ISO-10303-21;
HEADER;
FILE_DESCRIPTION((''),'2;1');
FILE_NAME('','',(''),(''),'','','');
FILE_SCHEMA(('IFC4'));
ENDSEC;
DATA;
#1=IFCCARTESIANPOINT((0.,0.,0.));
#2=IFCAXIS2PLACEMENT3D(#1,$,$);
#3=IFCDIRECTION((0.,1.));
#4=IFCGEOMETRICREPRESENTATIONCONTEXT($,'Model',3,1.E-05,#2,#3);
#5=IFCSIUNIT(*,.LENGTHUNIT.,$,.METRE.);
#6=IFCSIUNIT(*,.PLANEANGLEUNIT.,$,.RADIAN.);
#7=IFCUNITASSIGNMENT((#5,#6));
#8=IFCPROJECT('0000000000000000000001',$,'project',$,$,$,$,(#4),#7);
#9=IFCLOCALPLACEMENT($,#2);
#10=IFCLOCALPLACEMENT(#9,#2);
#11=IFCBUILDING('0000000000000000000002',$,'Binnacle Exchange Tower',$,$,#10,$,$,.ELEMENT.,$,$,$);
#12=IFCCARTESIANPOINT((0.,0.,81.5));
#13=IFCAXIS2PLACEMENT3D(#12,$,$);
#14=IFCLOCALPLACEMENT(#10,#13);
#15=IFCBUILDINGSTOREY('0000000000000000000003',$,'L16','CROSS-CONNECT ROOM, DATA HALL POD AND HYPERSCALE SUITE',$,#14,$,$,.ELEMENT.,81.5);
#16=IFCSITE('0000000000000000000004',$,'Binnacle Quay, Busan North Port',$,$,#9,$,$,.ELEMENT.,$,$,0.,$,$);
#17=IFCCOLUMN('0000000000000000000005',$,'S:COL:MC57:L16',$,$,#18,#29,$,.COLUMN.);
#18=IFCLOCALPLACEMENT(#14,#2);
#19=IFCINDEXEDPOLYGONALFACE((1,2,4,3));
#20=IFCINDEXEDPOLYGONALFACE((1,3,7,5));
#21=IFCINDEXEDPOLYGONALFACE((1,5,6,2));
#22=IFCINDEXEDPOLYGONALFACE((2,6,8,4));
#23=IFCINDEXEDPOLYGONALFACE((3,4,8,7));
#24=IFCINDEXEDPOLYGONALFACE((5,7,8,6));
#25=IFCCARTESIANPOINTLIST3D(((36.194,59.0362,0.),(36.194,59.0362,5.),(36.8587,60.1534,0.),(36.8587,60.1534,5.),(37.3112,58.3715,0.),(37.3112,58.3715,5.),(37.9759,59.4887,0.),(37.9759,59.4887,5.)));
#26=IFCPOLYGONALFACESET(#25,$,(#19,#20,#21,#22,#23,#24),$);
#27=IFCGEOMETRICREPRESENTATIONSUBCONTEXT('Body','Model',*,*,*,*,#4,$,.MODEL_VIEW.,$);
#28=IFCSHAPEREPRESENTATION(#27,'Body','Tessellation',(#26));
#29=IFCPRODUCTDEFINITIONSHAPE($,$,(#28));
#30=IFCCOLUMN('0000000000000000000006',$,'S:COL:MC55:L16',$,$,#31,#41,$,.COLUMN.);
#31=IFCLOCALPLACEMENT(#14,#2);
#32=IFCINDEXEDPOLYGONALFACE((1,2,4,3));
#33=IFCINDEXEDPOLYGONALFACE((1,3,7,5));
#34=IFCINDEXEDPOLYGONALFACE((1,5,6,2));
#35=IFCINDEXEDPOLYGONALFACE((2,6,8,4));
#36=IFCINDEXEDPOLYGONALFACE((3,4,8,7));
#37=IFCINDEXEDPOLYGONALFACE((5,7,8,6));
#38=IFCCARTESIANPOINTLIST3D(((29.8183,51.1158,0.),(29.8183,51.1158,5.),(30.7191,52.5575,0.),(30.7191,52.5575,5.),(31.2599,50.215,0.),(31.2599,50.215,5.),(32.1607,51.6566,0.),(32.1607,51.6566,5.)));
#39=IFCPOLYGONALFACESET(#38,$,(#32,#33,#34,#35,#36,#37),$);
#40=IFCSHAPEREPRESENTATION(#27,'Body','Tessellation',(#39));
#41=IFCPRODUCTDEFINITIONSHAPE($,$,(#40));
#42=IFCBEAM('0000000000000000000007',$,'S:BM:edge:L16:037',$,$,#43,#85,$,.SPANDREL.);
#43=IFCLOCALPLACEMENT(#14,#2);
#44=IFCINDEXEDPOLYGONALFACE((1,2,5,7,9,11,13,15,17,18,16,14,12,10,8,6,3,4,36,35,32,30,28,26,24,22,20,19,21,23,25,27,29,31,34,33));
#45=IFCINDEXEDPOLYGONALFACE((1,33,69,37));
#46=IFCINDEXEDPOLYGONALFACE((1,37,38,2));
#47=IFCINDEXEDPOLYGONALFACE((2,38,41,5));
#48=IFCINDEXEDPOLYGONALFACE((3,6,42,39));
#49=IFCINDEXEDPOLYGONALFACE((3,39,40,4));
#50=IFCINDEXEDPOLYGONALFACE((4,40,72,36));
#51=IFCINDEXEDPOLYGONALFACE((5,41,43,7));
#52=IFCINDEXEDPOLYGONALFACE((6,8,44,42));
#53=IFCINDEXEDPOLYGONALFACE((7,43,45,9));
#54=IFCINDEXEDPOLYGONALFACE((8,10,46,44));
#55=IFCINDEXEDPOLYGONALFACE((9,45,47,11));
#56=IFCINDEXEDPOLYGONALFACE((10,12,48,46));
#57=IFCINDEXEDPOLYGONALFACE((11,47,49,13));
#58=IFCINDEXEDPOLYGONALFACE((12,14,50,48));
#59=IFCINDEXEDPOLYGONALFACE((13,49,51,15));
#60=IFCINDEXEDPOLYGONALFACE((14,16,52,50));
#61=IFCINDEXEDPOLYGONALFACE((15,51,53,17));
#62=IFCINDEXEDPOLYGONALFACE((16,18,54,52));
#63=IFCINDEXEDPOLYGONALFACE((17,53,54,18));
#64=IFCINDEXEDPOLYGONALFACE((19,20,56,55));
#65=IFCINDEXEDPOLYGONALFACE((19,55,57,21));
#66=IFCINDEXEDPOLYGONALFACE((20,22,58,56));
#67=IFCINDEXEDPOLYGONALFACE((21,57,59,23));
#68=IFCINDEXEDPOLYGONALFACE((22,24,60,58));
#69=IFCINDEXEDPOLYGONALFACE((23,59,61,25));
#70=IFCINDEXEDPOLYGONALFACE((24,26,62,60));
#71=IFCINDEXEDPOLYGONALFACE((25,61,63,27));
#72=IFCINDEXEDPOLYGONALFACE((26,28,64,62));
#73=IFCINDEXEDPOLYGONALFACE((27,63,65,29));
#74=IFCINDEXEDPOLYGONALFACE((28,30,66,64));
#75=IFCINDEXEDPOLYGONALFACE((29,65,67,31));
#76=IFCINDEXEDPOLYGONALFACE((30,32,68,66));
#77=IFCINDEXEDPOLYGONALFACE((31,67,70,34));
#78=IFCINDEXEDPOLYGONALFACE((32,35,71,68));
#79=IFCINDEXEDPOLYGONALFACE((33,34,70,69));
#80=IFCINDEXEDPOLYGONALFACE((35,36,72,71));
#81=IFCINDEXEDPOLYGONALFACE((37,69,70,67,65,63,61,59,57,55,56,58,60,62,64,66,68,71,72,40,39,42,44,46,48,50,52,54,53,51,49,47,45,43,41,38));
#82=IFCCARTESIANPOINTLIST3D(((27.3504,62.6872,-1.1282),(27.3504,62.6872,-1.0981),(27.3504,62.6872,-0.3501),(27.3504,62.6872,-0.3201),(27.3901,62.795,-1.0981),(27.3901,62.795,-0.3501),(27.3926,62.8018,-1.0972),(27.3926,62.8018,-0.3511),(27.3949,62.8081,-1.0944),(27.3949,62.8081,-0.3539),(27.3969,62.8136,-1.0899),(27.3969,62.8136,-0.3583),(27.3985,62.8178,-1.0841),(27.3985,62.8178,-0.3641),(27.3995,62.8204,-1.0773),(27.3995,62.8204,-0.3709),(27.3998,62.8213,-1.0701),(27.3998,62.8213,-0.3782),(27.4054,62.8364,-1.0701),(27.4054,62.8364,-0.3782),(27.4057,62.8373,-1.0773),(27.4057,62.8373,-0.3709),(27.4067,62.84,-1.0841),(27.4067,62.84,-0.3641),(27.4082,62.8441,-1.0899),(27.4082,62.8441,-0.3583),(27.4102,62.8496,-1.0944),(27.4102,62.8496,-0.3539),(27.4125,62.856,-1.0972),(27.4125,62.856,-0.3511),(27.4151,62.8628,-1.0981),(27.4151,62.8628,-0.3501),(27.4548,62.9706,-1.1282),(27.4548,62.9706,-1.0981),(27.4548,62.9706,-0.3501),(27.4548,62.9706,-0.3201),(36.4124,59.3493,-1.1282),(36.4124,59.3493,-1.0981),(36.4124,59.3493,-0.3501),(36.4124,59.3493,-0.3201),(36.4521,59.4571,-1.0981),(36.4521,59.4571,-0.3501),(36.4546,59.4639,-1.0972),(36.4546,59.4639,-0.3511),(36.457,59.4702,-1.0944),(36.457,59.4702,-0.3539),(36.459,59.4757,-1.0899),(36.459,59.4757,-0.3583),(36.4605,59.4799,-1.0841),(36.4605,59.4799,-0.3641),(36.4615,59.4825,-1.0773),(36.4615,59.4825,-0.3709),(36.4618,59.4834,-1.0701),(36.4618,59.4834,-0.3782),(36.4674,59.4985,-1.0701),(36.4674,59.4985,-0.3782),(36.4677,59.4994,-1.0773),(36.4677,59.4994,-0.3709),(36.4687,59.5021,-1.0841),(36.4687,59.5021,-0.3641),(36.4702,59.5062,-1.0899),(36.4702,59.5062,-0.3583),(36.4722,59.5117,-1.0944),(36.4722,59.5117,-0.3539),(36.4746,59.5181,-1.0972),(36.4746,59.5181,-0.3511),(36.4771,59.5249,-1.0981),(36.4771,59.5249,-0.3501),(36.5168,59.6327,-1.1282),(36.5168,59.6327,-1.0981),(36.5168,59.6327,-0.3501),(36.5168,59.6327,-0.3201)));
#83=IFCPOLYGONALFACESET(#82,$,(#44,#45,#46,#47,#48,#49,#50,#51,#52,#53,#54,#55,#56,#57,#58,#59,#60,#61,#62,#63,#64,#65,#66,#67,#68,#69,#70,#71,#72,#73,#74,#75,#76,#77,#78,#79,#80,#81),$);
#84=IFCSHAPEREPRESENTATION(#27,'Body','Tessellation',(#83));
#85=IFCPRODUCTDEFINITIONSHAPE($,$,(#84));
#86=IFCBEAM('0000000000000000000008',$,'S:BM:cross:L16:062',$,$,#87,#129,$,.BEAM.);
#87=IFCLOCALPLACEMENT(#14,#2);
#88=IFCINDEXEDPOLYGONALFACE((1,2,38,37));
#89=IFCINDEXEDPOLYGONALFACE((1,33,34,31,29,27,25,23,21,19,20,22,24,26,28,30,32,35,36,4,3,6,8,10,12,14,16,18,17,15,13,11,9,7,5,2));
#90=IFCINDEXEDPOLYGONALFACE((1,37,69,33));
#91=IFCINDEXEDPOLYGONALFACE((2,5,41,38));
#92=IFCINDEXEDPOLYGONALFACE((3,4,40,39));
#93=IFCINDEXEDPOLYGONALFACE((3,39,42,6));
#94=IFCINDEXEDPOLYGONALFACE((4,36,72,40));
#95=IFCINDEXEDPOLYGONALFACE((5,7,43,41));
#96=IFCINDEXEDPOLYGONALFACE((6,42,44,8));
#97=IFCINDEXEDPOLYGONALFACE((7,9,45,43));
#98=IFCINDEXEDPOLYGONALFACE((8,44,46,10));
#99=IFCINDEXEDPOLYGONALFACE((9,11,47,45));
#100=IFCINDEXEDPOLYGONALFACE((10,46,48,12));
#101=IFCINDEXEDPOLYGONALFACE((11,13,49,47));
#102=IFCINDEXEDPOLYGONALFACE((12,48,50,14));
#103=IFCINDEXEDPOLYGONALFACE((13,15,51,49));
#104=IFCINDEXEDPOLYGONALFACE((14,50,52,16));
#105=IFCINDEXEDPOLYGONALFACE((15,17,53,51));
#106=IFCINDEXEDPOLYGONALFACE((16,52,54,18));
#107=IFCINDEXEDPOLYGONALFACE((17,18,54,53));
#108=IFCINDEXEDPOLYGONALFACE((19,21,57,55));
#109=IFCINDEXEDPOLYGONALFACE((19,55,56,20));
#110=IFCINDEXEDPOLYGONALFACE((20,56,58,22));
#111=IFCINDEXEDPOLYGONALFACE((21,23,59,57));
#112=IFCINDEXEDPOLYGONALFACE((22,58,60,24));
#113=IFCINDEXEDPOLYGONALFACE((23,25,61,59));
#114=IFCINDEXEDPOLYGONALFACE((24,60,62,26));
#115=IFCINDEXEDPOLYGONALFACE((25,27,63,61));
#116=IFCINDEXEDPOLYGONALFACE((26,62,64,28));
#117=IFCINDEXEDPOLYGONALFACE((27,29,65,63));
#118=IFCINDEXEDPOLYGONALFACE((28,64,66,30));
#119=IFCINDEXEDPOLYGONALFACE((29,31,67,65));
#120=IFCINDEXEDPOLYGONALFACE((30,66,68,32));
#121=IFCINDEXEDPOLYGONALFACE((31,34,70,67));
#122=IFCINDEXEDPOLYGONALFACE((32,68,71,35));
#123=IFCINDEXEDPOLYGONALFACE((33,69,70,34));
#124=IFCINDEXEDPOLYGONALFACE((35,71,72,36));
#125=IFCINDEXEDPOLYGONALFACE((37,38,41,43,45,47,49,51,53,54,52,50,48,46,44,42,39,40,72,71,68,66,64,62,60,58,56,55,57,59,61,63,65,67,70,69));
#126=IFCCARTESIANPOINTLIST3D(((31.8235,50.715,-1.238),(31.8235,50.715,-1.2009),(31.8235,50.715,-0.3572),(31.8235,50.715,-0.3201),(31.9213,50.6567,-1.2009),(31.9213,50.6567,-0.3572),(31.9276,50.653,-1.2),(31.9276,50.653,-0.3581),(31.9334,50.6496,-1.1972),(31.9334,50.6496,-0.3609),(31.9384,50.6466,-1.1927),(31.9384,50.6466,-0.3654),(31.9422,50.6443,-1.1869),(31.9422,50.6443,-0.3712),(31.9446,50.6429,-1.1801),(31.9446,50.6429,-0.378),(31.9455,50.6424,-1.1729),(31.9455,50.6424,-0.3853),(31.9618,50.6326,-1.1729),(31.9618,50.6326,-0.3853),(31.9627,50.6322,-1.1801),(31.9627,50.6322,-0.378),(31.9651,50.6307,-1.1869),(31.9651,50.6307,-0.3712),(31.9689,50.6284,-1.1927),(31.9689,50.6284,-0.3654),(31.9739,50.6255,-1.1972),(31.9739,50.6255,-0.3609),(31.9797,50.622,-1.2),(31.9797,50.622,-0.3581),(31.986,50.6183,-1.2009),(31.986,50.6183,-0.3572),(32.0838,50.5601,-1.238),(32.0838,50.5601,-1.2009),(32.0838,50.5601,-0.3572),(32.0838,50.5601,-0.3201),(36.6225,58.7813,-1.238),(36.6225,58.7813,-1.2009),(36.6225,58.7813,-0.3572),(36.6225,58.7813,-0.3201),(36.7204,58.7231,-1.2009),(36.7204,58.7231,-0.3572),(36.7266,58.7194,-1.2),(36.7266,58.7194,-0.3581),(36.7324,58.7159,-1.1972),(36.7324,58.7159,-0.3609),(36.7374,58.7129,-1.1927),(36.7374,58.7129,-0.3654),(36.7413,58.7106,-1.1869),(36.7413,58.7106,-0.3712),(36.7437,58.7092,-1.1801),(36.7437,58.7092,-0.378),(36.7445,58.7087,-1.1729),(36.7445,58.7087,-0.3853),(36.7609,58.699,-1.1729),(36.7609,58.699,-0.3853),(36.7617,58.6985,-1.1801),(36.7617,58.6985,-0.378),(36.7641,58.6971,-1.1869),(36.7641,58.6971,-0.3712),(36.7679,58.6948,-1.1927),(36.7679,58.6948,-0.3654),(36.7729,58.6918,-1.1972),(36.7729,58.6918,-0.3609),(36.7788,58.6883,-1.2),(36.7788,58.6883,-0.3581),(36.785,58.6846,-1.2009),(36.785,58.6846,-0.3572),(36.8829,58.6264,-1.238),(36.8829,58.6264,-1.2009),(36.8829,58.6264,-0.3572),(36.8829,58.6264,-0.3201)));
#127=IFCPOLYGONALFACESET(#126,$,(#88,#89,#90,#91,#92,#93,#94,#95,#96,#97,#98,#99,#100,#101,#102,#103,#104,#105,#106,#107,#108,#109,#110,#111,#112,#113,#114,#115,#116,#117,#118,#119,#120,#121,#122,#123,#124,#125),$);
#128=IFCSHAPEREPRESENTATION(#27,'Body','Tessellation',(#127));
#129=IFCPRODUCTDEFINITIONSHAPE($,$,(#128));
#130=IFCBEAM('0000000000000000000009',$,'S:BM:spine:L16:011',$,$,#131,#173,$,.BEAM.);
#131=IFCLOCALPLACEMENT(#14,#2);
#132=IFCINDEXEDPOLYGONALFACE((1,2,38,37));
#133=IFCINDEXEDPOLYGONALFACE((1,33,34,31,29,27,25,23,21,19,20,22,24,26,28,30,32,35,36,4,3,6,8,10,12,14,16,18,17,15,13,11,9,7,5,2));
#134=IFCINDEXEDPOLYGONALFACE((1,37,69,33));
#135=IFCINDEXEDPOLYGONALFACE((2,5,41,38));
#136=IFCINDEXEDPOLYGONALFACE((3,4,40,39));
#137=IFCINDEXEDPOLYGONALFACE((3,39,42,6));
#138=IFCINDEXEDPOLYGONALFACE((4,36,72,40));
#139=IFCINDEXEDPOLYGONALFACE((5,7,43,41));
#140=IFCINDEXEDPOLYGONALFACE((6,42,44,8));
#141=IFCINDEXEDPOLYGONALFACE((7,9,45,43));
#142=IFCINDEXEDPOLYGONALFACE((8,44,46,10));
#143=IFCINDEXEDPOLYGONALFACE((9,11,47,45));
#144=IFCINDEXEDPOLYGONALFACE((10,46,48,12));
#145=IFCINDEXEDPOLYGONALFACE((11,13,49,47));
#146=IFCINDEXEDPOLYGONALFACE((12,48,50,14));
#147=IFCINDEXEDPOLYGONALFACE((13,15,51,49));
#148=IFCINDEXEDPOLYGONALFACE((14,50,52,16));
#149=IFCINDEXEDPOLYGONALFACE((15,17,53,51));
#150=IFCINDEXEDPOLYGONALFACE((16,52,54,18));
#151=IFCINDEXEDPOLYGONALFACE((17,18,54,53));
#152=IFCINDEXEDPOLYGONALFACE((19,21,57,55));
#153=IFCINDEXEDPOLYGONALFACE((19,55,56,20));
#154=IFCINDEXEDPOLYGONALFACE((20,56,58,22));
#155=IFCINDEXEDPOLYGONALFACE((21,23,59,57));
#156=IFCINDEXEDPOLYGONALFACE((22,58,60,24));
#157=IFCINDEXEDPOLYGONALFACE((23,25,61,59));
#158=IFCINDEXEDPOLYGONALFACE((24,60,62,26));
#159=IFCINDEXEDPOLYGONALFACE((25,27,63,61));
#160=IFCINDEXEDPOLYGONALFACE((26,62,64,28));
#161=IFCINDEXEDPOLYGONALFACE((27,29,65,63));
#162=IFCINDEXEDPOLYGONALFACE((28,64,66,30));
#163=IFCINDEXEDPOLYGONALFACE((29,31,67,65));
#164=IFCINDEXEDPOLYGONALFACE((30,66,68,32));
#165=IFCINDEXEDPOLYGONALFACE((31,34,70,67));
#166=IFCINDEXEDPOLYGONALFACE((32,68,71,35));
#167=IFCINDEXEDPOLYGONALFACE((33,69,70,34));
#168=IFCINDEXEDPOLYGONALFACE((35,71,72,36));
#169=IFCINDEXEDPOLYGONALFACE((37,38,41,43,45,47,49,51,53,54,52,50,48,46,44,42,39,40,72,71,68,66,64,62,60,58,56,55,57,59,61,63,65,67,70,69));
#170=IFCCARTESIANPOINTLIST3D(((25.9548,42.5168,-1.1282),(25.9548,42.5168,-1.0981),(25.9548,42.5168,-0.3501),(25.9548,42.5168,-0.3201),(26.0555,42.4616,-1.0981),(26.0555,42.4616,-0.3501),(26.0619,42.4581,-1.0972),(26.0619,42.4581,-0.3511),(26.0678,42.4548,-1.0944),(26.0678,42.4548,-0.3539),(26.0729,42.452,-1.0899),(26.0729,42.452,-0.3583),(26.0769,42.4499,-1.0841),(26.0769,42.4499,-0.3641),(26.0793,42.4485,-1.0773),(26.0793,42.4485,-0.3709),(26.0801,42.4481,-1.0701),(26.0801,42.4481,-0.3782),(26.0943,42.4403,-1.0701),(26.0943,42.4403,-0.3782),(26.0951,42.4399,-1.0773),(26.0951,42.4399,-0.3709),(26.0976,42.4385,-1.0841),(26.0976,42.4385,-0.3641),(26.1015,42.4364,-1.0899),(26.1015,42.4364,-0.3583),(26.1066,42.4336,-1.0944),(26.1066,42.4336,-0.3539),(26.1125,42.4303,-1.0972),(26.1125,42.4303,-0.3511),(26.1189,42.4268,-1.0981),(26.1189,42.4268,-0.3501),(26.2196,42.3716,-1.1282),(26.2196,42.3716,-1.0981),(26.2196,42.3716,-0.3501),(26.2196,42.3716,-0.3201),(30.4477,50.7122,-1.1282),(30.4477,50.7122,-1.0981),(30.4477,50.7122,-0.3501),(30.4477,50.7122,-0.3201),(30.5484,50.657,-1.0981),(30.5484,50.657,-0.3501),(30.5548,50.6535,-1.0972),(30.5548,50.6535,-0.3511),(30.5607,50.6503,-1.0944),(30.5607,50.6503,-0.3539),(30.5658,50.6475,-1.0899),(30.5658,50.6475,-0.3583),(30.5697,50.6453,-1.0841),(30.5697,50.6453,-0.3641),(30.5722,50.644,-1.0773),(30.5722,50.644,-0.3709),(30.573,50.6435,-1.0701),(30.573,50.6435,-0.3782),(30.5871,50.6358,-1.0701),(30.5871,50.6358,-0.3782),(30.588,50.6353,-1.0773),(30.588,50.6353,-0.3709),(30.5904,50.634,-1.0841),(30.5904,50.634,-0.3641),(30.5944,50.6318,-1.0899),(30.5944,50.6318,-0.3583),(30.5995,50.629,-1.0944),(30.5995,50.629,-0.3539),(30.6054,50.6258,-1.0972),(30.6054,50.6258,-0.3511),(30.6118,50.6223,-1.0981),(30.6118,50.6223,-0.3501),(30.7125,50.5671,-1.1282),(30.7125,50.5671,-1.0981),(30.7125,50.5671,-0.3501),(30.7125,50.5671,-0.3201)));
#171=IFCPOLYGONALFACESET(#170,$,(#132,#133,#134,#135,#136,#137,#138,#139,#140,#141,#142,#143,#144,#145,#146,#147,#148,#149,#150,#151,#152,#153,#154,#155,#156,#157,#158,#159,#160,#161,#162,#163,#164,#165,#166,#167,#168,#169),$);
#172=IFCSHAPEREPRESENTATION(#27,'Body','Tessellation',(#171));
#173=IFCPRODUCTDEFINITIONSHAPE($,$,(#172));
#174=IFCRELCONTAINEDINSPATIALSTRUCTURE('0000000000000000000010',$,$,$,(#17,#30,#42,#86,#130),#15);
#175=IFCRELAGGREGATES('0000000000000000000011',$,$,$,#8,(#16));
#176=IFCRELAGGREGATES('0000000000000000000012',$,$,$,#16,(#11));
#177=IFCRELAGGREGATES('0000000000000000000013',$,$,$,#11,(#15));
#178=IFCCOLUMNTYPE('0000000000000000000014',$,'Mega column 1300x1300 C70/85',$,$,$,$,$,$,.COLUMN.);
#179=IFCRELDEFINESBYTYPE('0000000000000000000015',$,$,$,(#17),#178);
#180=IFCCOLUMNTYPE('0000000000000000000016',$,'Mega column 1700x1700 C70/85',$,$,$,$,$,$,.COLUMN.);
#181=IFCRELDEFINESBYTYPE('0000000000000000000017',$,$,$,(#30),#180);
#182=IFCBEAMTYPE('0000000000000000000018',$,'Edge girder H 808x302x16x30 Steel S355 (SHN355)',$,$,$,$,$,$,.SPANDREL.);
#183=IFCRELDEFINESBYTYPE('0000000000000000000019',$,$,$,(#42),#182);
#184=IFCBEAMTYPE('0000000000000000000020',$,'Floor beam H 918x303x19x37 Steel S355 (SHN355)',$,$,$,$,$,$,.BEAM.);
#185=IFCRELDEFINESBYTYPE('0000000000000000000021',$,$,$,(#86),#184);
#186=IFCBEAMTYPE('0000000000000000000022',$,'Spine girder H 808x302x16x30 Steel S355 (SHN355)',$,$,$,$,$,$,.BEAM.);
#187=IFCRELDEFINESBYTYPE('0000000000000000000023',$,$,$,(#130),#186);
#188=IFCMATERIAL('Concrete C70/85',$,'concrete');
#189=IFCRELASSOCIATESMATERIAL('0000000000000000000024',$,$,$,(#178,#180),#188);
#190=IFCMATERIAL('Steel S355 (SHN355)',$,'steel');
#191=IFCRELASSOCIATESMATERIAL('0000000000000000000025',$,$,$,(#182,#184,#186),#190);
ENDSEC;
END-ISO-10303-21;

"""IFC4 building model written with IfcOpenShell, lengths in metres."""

from ifc_helpers import new_model, si_unit, direction, frame, origin, origin_2d, place, context, subcontext, project, spatial, rectangle, i_section, extrude, material, material_profile, profile_set, type_object, element, save


model = new_model("IFC4")

# Units and contexts
model_context = context("Model", 3, precision=1e-05, world=origin(), true_north=direction((0.0, 1.0)))
body_context = subcontext(model_context, "Body", "Model", "MODEL_VIEW")
ifc_project = project(units=[si_unit("LENGTHUNIT", "METRE"), si_unit("PLANEANGLEUNIT", "RADIAN")], contexts=[model_context])

# Site, building, storey
site_placement = place(None, origin())
site = spatial("IfcSite", under=ifc_project, at=site_placement, Name="Binnacle Quay, Busan North Port", CompositionType="ELEMENT", RefElevation=0.0)
building_placement = place(site_placement, origin())
building = spatial("IfcBuilding", under=site, at=building_placement, Name="Binnacle Exchange Tower", CompositionType="ELEMENT")
storey_placement = place(building_placement, frame((0.0, 0.0, 81.5)))
storey = spatial("IfcBuildingStorey", under=building, at=storey_placement, Name="L16", Description="CROSS-CONNECT ROOM, DATA HALL POD AND HYPERSCALE SUITE", CompositionType="ELEMENT", Elevation=81.5)

# Columns
ifc_material_1 = material(Name="Concrete C70/85", Category="concrete")
ifc_material_profile_1 = material_profile(ifc_material_1, rectangle(XDim=1.3, YDim=1.3, at=origin_2d()), Name="Mega column 1300x1300 C70/85")
ifc_profile_set_1 = profile_set([ifc_material_profile_1], Name="Concrete C70/85")
column_type_1 = type_object("IfcColumnType", Name="Mega column 1300x1300 C70/85", PredefinedType="COLUMN", material=ifc_profile_set_1)
column_1_placement = place(storey_placement, frame((37.085, 59.2625, 0.0), z_axis=(0.0, 0.0, 1.0), x_axis=(-0.859406, 0.511293, 0.0)))
element("IfcColumn", 1, at=column_1_placement, inside=storey, type_object=column_type_1, Name="S:COL:MC57:L16", PredefinedType="COLUMN", context=body_context, shape_type="SweptSolid", body=[
    extrude(rectangle(XDim=1.3, YDim=1.3, at=origin_2d()), origin(), (0.0, 0.0, 1.0), 5.0),
])
ifc_material_profile_2 = material_profile(ifc_material_1, rectangle(XDim=1.7, YDim=1.7, at=origin_2d()), Name="Mega column 1700x1700 C70/85")
ifc_profile_set_2 = profile_set([ifc_material_profile_2], Name="Concrete C70/85")
column_type_2 = type_object("IfcColumnType", Name="Mega column 1700x1700 C70/85", PredefinedType="COLUMN", material=ifc_profile_set_2)
column_2_placement = place(storey_placement, frame((30.9895, 51.3862, 0.0), z_axis=(0.0, 0.0, 1.0), x_axis=(0.529919, 0.848048, 0.0)))
element("IfcColumn", 2, at=column_2_placement, inside=storey, type_object=column_type_2, Name="S:COL:MC55:L16", PredefinedType="COLUMN", context=body_context, shape_type="SweptSolid", body=[
    extrude(rectangle(XDim=1.7, YDim=1.7, at=origin_2d()), origin(), (0.0, 0.0, 1.0), 5.0),
])

# Beams
ifc_material_2 = material(Name="Steel S355 (SHN355)", Category="steel")
ifc_material_profile_3 = material_profile(ifc_material_2, i_section(OverallWidth=0.302, OverallDepth=0.8081, WebThickness=0.0161, FlangeThickness=0.03, FilletRadius=0.0281, at=origin_2d()), Name="H 808x302x16x30")
ifc_profile_set_3 = profile_set([ifc_material_profile_3], Name="Steel S355 (SHN355)")
beam_type_1 = type_object("IfcBeamType", Name="Edge girder H 808x302x16x30 Steel S355 (SHN355)", PredefinedType="SPANDREL", material=ifc_profile_set_3)
beam_1_placement = place(storey_placement, frame((36.4646, 59.491, -0.7241), z_axis=(-0.938368, 0.345637, 0.0), x_axis=(-0.345637, -0.938368, 0.0)))
element("IfcBeam", 3, at=beam_1_placement, inside=storey, type_object=beam_type_1, Name="S:BM:edge:L16:037", PredefinedType="SPANDREL", context=body_context, shape_type="SweptSolid", body=[
    extrude(i_section(OverallWidth=0.302, OverallDepth=0.8081, WebThickness=0.0161, FlangeThickness=0.03, FilletRadius=0.0281, at=origin_2d()), origin(), (0.0, 0.0, 1.0), 9.6572),
])
ifc_material_profile_4 = material_profile(ifc_material_2, i_section(OverallWidth=0.303, OverallDepth=0.918, WebThickness=0.019, FlangeThickness=0.0371, FilletRadius=0.0281, at=origin_2d()), Name="H 918x303x19x37")
ifc_profile_set_4 = profile_set([ifc_material_profile_4], Name="Steel S355 (SHN355)")
beam_type_2 = type_object("IfcBeamType", Name="Floor beam H 918x303x19x37 Steel S355 (SHN355)", PredefinedType="BEAM", material=ifc_profile_set_4)
beam_2_placement = place(storey_placement, frame((36.7527, 58.7039, -0.7791), z_axis=(-0.511298, -0.859403, 0.0), x_axis=(0.859403, -0.511298, 0.0)))
element("IfcBeam", 4, at=beam_2_placement, inside=storey, type_object=beam_type_2, Name="S:BM:cross:L16:062", PredefinedType="BEAM", context=body_context, shape_type="SweptSolid", body=[
    extrude(i_section(OverallWidth=0.303, OverallDepth=0.918, WebThickness=0.019, FlangeThickness=0.0371, FilletRadius=0.0281, at=origin_2d()), origin(), (0.0, 0.0, 1.0), 9.386),
])
ifc_material_profile_5 = material_profile(ifc_material_2, i_section(OverallWidth=0.302, OverallDepth=0.8081, WebThickness=0.0161, FlangeThickness=0.03, FilletRadius=0.0281, at=origin_2d()), Name="H 808x302x16x30")
ifc_profile_set_5 = profile_set([ifc_material_profile_5], Name="Steel S355 (SHN355)")
beam_type_3 = type_object("IfcBeamType", Name="Spine girder H 808x302x16x30 Steel S355 (SHN355)", PredefinedType="BEAM", material=ifc_profile_set_5)
beam_3_placement = place(storey_placement, frame((30.5801, 50.6396, -0.7241), z_axis=(-0.480716, -0.876876, 0.0), x_axis=(0.876876, -0.480716, 0.0)))
element("IfcBeam", 5, at=beam_3_placement, inside=storey, type_object=beam_type_3, Name="S:BM:spine:L16:011", PredefinedType="BEAM", context=body_context, shape_type="SweptSolid", body=[
    extrude(i_section(OverallWidth=0.302, OverallDepth=0.8081, WebThickness=0.0161, FlangeThickness=0.03, FilletRadius=0.0281, at=origin_2d()), origin(), (0.0, 0.0, 1.0), 9.3462),
])

save(model, "model.ifc")
